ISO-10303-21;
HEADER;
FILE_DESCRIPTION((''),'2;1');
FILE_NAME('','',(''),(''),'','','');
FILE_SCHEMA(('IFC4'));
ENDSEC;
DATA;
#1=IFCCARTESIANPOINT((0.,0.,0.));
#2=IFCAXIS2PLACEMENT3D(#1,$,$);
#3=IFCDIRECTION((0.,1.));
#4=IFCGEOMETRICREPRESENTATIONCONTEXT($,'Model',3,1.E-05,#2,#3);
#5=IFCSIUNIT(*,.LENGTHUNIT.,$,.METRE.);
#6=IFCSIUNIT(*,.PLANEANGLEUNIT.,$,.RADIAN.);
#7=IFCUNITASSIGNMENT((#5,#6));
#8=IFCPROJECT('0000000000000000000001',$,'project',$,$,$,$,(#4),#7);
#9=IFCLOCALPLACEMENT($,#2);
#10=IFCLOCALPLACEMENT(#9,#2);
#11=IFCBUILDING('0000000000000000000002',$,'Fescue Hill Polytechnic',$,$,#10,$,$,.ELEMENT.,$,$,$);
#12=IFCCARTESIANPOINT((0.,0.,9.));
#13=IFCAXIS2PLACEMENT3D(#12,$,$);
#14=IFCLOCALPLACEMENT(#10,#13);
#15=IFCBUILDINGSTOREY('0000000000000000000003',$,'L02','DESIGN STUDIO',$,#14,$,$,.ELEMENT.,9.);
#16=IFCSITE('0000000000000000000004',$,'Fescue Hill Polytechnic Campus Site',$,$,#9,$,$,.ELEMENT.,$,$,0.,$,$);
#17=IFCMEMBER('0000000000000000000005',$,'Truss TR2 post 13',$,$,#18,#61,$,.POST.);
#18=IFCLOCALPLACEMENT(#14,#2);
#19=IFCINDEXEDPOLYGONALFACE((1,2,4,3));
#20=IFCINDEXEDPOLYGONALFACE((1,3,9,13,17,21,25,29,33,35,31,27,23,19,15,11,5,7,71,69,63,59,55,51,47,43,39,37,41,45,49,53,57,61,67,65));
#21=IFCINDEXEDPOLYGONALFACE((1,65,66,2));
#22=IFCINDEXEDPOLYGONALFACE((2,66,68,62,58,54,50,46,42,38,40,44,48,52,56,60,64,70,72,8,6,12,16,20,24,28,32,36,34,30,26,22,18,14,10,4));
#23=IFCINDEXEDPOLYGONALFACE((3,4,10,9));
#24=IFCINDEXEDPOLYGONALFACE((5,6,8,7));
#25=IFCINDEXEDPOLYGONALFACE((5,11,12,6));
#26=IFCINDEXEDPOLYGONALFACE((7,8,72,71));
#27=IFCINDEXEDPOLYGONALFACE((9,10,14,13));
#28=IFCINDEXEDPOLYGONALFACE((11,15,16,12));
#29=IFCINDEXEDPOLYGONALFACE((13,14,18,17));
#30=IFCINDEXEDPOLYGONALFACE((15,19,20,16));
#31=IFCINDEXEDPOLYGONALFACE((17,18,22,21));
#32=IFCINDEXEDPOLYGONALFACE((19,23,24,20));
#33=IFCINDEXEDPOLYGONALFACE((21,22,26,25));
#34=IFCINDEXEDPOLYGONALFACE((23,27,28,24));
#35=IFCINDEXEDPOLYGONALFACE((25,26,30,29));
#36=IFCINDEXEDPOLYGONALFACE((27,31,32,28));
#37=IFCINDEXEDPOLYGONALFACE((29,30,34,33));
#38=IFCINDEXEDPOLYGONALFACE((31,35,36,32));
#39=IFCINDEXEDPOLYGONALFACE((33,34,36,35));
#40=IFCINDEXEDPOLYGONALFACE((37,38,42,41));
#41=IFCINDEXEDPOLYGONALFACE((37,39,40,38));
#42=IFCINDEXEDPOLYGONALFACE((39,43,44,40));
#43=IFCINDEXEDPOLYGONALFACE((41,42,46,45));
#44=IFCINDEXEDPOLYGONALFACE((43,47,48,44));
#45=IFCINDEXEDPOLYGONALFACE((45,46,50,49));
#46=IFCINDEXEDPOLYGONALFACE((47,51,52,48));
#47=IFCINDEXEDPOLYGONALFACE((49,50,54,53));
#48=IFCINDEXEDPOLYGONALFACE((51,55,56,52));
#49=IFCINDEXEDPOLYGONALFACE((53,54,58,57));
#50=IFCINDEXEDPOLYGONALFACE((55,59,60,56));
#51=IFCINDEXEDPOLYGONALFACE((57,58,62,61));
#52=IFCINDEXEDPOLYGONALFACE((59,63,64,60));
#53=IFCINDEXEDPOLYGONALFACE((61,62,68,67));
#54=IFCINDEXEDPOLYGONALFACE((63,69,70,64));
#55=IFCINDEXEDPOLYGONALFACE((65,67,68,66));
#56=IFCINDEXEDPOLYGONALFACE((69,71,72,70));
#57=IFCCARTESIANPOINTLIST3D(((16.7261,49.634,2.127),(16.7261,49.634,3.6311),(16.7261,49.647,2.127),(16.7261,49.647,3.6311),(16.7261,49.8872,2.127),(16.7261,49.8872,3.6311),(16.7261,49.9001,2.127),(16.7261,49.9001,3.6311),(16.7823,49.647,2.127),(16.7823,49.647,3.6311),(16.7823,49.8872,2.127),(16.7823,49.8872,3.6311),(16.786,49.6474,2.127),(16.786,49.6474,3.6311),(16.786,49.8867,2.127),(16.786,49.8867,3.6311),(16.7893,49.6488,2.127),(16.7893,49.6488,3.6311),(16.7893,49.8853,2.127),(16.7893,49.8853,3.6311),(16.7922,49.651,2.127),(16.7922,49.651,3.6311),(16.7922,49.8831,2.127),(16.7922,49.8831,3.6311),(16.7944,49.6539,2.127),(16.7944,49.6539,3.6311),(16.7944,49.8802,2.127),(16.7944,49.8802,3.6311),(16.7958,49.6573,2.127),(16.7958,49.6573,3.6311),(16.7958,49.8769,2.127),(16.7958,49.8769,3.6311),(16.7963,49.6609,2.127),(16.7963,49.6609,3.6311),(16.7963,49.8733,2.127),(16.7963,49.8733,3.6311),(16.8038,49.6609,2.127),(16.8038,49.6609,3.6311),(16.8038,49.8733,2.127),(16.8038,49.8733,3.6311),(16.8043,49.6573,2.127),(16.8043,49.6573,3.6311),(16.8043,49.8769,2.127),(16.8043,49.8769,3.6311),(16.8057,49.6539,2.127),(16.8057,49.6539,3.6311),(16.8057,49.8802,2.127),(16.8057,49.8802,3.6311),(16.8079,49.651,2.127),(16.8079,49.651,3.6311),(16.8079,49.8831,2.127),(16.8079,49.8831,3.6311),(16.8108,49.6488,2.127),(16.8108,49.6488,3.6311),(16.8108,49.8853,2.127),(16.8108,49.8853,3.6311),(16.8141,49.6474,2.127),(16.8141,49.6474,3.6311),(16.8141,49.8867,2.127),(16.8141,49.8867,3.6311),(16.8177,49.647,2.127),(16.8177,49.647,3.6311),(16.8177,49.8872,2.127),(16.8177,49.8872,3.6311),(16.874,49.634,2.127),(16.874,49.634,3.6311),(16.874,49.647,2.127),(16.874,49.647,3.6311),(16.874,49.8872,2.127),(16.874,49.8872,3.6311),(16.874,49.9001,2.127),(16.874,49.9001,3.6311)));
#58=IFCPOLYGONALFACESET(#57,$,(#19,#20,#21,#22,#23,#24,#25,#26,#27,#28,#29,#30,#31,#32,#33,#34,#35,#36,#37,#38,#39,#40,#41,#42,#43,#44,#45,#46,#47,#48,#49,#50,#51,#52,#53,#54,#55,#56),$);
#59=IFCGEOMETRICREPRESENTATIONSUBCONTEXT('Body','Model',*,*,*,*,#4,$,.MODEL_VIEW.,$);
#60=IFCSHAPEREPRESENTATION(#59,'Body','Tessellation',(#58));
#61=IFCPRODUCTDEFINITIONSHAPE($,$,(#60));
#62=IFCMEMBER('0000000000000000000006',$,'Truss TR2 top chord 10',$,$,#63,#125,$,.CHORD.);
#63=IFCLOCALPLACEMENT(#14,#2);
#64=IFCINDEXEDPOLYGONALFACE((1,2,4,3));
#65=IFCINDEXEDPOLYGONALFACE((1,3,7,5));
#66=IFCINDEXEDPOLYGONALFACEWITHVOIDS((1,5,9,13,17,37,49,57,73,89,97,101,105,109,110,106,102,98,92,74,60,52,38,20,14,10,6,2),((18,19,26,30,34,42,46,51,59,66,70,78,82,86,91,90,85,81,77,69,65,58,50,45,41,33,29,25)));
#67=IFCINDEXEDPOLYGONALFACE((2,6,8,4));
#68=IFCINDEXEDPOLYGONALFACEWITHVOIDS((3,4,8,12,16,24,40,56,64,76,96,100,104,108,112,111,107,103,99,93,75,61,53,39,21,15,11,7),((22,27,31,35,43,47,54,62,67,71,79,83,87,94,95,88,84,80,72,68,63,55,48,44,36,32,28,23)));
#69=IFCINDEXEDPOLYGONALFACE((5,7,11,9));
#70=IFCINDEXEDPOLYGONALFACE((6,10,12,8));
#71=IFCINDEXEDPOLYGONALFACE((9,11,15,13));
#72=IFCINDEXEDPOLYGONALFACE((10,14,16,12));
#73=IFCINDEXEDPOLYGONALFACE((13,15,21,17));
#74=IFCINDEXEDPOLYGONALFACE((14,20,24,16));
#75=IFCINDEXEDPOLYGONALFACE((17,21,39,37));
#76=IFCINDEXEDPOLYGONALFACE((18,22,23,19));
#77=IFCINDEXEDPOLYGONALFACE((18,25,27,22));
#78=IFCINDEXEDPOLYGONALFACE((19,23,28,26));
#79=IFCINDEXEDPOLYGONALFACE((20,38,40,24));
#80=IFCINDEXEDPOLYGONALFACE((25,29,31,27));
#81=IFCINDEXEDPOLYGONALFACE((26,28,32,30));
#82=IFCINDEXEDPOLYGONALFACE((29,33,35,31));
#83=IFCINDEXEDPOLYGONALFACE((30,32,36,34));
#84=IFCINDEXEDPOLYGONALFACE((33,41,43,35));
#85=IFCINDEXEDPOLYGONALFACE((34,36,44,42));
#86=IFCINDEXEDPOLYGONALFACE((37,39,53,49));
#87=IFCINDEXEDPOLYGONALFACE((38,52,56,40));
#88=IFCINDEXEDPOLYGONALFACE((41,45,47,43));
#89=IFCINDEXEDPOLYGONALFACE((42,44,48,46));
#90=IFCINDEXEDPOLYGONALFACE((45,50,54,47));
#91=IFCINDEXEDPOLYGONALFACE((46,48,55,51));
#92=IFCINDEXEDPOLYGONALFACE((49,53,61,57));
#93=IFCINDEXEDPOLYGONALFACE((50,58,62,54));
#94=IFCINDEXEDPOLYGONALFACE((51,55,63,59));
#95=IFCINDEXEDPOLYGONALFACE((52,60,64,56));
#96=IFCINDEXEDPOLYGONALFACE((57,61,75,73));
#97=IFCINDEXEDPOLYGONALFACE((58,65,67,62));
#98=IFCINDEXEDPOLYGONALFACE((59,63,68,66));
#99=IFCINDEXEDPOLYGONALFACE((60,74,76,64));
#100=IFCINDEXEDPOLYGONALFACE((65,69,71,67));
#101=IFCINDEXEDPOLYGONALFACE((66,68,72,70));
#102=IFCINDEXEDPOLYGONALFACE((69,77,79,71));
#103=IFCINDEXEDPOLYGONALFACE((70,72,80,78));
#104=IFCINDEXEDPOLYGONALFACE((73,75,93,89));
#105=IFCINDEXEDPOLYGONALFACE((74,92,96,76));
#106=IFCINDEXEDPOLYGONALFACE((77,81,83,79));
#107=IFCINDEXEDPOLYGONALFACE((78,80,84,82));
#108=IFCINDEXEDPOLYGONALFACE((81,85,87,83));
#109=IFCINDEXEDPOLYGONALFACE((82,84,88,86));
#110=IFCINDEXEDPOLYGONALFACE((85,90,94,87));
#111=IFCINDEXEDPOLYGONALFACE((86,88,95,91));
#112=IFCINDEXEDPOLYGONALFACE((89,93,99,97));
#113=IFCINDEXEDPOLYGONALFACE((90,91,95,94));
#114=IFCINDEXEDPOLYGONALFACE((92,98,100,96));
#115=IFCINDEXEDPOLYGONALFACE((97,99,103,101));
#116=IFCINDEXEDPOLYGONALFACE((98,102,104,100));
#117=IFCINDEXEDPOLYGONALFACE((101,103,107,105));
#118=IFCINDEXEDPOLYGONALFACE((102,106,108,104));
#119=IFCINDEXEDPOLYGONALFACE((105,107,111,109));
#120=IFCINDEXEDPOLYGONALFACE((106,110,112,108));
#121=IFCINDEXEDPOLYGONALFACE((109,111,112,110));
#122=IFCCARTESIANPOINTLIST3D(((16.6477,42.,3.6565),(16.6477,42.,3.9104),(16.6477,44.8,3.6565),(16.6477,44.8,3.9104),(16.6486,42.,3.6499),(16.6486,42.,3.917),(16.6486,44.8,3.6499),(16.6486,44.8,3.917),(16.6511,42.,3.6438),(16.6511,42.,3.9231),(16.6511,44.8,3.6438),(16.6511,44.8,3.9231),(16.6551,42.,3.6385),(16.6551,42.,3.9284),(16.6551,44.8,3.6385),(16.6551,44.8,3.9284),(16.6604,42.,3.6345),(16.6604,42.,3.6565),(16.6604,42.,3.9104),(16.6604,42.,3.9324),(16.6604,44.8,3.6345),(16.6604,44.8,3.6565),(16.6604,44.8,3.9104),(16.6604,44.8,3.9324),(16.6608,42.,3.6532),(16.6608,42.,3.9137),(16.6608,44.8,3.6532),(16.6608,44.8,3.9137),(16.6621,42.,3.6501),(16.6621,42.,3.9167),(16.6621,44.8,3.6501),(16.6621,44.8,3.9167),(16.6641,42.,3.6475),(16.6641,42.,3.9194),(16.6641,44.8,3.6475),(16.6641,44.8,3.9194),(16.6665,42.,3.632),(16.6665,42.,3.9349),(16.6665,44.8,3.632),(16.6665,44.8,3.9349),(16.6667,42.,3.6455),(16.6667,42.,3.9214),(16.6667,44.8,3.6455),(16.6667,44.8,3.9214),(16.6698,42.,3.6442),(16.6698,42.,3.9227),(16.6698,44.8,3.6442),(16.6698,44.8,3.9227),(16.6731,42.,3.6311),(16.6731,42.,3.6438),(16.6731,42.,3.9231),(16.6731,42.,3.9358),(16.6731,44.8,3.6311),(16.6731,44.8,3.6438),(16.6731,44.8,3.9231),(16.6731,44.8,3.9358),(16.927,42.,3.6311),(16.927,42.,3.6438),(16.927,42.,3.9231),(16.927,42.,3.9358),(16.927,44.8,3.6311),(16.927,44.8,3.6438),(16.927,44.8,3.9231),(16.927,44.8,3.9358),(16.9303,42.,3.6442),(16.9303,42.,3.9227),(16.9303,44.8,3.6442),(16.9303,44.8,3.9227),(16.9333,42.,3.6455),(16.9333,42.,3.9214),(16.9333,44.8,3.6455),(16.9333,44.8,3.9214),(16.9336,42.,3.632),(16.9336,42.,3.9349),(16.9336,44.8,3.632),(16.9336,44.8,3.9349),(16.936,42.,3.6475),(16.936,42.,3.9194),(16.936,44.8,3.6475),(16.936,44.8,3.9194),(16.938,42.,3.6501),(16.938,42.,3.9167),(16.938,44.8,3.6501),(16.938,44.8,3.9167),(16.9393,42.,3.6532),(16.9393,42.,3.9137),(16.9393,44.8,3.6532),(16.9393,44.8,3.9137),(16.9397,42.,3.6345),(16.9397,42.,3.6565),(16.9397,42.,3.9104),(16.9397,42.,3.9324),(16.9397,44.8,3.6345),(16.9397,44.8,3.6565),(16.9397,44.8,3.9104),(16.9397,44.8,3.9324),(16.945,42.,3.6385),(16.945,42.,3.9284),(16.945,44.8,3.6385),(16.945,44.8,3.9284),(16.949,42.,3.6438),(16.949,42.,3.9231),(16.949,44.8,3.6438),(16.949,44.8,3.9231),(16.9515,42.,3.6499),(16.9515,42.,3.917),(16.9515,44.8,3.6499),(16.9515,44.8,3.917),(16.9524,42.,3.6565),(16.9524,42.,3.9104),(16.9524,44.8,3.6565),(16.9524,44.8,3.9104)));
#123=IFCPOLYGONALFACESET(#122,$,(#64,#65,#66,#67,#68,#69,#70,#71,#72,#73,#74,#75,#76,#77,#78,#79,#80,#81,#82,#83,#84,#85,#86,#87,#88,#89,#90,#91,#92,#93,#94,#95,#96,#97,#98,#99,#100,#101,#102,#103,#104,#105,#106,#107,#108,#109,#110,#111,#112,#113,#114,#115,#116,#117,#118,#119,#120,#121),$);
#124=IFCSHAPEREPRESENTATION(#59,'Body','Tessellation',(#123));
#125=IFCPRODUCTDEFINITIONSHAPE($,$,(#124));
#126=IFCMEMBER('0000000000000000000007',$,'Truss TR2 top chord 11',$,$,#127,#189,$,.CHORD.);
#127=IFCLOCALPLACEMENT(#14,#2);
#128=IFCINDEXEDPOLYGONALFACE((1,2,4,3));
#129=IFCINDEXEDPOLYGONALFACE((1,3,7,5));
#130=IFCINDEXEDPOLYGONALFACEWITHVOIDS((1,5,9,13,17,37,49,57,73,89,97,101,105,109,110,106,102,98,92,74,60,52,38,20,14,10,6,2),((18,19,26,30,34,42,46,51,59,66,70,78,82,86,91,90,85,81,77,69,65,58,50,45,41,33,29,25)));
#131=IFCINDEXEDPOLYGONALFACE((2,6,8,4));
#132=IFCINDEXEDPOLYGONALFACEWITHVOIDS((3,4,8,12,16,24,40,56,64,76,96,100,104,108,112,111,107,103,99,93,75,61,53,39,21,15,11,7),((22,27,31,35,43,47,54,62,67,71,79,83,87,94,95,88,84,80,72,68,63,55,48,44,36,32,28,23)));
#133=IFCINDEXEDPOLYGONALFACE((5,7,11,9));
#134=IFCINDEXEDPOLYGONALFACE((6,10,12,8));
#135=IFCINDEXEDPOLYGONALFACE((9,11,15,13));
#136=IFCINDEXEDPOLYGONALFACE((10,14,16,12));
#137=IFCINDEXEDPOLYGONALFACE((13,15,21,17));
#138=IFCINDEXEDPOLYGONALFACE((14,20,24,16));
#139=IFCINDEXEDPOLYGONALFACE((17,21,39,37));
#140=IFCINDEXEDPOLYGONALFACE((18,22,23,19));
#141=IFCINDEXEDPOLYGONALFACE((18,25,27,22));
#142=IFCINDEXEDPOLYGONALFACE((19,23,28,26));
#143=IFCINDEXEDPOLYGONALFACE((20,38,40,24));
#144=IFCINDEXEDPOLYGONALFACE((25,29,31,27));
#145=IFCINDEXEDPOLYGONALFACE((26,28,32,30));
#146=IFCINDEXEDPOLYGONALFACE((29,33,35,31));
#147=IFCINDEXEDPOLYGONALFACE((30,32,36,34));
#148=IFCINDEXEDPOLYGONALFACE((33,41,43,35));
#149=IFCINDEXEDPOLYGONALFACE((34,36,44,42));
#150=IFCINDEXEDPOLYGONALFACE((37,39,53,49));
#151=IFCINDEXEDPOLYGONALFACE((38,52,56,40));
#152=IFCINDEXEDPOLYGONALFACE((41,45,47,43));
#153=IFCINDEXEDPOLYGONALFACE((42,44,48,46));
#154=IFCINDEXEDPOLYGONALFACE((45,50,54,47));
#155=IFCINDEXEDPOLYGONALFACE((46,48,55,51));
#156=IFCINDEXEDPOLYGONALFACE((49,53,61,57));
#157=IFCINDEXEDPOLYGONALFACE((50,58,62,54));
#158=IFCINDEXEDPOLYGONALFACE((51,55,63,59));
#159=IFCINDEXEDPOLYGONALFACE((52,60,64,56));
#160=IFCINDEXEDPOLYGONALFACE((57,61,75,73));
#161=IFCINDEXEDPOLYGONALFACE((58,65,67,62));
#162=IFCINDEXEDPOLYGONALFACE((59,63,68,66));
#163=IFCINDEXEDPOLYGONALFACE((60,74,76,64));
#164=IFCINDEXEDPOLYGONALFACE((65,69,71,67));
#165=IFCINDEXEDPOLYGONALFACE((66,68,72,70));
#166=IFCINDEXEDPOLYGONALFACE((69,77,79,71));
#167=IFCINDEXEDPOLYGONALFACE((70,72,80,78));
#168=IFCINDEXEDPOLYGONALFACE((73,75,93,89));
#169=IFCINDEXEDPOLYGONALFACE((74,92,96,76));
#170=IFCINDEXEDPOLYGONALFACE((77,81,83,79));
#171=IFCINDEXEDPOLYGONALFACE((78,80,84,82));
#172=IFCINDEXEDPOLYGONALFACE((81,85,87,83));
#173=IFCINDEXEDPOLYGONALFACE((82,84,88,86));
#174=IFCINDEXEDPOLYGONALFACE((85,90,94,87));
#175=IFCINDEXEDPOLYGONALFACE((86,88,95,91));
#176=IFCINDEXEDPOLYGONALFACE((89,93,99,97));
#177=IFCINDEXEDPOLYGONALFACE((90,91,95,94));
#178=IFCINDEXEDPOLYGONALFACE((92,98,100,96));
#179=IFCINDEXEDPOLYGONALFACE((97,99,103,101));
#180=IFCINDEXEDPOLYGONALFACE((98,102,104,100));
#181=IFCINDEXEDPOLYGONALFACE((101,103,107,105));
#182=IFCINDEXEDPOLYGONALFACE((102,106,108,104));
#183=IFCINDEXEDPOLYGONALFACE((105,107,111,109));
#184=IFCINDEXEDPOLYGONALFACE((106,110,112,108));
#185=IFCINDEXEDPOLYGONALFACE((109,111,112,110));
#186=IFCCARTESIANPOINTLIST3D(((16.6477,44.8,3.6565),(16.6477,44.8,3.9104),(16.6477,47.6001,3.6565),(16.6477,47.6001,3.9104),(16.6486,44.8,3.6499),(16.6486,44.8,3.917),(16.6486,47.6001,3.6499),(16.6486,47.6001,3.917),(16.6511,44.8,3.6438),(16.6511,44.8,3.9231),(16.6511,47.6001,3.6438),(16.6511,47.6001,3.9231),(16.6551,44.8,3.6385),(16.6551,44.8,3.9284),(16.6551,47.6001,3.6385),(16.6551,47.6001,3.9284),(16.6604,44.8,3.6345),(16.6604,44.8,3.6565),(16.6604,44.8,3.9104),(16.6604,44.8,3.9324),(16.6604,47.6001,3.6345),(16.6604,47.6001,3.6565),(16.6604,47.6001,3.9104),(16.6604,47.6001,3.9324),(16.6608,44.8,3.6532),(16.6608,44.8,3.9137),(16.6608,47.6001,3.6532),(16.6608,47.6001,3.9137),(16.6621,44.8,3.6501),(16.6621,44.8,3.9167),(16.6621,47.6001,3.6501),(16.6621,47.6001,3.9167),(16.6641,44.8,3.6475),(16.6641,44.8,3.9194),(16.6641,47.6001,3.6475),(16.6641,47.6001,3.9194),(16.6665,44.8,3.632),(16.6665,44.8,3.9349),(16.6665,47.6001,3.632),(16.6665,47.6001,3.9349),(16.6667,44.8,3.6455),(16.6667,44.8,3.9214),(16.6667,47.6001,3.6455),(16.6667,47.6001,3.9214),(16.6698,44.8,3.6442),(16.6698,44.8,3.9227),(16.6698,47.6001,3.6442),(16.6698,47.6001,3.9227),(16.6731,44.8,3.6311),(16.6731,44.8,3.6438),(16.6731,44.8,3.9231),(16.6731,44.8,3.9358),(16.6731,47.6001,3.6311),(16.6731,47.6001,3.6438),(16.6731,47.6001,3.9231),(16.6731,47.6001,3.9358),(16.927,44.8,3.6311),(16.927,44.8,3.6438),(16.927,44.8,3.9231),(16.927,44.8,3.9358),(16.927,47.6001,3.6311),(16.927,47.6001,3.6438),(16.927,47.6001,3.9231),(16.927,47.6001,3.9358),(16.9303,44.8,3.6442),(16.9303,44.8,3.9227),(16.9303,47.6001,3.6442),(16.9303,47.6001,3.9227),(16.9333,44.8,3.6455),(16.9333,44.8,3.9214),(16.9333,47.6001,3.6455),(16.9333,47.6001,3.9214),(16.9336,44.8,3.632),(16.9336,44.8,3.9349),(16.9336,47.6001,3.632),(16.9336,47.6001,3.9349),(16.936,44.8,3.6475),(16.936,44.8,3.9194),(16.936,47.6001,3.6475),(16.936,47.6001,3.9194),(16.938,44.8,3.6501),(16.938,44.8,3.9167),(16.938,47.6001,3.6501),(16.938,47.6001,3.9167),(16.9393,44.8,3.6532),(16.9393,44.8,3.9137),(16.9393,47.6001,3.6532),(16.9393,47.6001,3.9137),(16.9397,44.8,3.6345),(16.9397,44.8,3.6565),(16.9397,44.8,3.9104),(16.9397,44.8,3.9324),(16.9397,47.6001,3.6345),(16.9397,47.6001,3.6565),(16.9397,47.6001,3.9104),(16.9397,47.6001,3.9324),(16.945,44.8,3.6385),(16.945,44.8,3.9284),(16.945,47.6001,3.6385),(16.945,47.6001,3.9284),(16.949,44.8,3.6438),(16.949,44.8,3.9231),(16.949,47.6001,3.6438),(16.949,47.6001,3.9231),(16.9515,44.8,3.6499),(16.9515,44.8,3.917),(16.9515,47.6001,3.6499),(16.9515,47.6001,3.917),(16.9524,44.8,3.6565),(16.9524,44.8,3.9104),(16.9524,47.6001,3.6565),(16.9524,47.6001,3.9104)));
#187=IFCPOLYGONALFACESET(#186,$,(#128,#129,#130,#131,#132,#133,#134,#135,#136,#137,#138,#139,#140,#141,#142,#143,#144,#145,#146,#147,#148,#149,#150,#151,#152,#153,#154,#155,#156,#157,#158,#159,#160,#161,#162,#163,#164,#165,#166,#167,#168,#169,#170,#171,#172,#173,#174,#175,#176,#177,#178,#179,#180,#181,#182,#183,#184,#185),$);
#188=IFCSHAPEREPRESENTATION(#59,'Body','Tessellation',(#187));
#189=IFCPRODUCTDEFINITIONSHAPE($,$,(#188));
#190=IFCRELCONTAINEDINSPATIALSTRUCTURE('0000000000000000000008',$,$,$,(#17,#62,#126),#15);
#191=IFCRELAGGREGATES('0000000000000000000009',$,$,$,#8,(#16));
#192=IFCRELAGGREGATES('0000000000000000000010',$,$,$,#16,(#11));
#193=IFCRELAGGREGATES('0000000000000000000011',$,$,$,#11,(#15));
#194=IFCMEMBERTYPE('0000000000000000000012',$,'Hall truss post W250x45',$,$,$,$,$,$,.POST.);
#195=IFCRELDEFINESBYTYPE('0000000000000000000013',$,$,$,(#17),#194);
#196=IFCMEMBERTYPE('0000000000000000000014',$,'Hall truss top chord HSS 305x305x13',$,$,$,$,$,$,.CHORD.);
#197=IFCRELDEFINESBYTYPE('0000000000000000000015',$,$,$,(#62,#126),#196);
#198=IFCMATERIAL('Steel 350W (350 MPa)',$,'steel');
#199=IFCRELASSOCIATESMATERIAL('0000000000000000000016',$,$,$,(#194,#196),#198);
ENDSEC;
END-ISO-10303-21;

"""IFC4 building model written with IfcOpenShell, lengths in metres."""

from ifc_helpers import new_model, si_unit, direction, frame, origin, origin_2d, place, context, subcontext, project, spatial, hollow_rectangle, i_section, extrude, material, material_profile, profile_set, type_object, element, save


model = new_model("IFC4")

# Units and contexts
model_context = context("Model", 3, precision=1e-05, world=origin(), true_north=direction((0.0, 1.0)))
body_context = subcontext(model_context, "Body", "Model", "MODEL_VIEW")
ifc_project = project(units=[si_unit("LENGTHUNIT", "METRE"), si_unit("PLANEANGLEUNIT", "RADIAN")], contexts=[model_context])

# Site, building, storey
site_placement = place(None, origin())
site = spatial("IfcSite", under=ifc_project, at=site_placement, Name="Fescue Hill Polytechnic Campus Site", CompositionType="ELEMENT", RefElevation=0.0)
building_placement = place(site_placement, origin())
building = spatial("IfcBuilding", under=site, at=building_placement, Name="Fescue Hill Polytechnic", CompositionType="ELEMENT")
storey_placement = place(building_placement, frame((0.0, 0.0, 9.0)))
storey = spatial("IfcBuildingStorey", under=building, at=storey_placement, Name="L02", Description="DESIGN STUDIO", CompositionType="ELEMENT", Elevation=9.0)

# Members
ifc_material_1 = material(Name="Steel 350W (350 MPa)", Category="steel")
ifc_material_profile_1 = material_profile(ifc_material_1, i_section(OverallWidth=0.1479, OverallDepth=0.2661, WebThickness=0.0076, FlangeThickness=0.0129, FilletRadius=0.0139, at=origin_2d()), Name="W250x45")
ifc_profile_set_1 = profile_set([ifc_material_profile_1], Name="Steel 350W (350 MPa)")
member_type_1 = type_object("IfcMemberType", Name="Hall truss post W250x45", PredefinedType="POST", material=ifc_profile_set_1)
for number, where, z_axis, x_axis, name in (
    (1, (16.8, 49.7671, 2.127), (0.0, 0.0, 1.0), (1.0, 0.0, 0.0), "Truss TR2 post 13"),
):
    element("IfcMember", number, at=place(storey_placement, frame(where, z_axis=z_axis, x_axis=x_axis)), inside=storey, type_object=member_type_1, Name=name, PredefinedType="POST", context=body_context, shape_type="SweptSolid", body=[
        extrude(i_section(OverallWidth=0.1479, OverallDepth=0.2661, WebThickness=0.0076, FlangeThickness=0.0129, FilletRadius=0.0139, at=origin_2d()), origin(), (0.0, 0.0, 1.0), 1.5042),
    ])
ifc_material_profile_2 = material_profile(ifc_material_1, hollow_rectangle(XDim=0.3047, YDim=0.3047, WallThickness=0.0127, InnerFilletRadius=0.0127, OuterFilletRadius=0.0254, at=origin_2d()), Name="Hall truss top chord HSS 305x305x13")
ifc_profile_set_2 = profile_set([ifc_material_profile_2], Name="Steel 350W (350 MPa)")
member_type_2 = type_object("IfcMemberType", Name="Hall truss top chord HSS 305x305x13", PredefinedType="CHORD", material=ifc_profile_set_2)
for number, where, z_axis, x_axis, name in (
    (2, (16.8, 42.0, 3.7834), (0.0, 1.0, 0.0), (-1.0, 0.0, 0.0), "Truss TR2 top chord 10"),
    (3, (16.8, 44.8, 3.7834), (0.0, 1.0, 0.0), (-1.0, 0.0, 0.0), "Truss TR2 top chord 11"),
):
    element("IfcMember", number, at=place(storey_placement, frame(where, z_axis=z_axis, x_axis=x_axis)), inside=storey, type_object=member_type_2, Name=name, PredefinedType="CHORD", context=body_context, shape_type="SweptSolid", body=[
        extrude(hollow_rectangle(XDim=0.3047, YDim=0.3047, WallThickness=0.0127, InnerFilletRadius=0.0127, OuterFilletRadius=0.0254, at=origin_2d()), origin(), (0.0, 0.0, 1.0), 2.8),
    ])

save(model, "model.ifc")
